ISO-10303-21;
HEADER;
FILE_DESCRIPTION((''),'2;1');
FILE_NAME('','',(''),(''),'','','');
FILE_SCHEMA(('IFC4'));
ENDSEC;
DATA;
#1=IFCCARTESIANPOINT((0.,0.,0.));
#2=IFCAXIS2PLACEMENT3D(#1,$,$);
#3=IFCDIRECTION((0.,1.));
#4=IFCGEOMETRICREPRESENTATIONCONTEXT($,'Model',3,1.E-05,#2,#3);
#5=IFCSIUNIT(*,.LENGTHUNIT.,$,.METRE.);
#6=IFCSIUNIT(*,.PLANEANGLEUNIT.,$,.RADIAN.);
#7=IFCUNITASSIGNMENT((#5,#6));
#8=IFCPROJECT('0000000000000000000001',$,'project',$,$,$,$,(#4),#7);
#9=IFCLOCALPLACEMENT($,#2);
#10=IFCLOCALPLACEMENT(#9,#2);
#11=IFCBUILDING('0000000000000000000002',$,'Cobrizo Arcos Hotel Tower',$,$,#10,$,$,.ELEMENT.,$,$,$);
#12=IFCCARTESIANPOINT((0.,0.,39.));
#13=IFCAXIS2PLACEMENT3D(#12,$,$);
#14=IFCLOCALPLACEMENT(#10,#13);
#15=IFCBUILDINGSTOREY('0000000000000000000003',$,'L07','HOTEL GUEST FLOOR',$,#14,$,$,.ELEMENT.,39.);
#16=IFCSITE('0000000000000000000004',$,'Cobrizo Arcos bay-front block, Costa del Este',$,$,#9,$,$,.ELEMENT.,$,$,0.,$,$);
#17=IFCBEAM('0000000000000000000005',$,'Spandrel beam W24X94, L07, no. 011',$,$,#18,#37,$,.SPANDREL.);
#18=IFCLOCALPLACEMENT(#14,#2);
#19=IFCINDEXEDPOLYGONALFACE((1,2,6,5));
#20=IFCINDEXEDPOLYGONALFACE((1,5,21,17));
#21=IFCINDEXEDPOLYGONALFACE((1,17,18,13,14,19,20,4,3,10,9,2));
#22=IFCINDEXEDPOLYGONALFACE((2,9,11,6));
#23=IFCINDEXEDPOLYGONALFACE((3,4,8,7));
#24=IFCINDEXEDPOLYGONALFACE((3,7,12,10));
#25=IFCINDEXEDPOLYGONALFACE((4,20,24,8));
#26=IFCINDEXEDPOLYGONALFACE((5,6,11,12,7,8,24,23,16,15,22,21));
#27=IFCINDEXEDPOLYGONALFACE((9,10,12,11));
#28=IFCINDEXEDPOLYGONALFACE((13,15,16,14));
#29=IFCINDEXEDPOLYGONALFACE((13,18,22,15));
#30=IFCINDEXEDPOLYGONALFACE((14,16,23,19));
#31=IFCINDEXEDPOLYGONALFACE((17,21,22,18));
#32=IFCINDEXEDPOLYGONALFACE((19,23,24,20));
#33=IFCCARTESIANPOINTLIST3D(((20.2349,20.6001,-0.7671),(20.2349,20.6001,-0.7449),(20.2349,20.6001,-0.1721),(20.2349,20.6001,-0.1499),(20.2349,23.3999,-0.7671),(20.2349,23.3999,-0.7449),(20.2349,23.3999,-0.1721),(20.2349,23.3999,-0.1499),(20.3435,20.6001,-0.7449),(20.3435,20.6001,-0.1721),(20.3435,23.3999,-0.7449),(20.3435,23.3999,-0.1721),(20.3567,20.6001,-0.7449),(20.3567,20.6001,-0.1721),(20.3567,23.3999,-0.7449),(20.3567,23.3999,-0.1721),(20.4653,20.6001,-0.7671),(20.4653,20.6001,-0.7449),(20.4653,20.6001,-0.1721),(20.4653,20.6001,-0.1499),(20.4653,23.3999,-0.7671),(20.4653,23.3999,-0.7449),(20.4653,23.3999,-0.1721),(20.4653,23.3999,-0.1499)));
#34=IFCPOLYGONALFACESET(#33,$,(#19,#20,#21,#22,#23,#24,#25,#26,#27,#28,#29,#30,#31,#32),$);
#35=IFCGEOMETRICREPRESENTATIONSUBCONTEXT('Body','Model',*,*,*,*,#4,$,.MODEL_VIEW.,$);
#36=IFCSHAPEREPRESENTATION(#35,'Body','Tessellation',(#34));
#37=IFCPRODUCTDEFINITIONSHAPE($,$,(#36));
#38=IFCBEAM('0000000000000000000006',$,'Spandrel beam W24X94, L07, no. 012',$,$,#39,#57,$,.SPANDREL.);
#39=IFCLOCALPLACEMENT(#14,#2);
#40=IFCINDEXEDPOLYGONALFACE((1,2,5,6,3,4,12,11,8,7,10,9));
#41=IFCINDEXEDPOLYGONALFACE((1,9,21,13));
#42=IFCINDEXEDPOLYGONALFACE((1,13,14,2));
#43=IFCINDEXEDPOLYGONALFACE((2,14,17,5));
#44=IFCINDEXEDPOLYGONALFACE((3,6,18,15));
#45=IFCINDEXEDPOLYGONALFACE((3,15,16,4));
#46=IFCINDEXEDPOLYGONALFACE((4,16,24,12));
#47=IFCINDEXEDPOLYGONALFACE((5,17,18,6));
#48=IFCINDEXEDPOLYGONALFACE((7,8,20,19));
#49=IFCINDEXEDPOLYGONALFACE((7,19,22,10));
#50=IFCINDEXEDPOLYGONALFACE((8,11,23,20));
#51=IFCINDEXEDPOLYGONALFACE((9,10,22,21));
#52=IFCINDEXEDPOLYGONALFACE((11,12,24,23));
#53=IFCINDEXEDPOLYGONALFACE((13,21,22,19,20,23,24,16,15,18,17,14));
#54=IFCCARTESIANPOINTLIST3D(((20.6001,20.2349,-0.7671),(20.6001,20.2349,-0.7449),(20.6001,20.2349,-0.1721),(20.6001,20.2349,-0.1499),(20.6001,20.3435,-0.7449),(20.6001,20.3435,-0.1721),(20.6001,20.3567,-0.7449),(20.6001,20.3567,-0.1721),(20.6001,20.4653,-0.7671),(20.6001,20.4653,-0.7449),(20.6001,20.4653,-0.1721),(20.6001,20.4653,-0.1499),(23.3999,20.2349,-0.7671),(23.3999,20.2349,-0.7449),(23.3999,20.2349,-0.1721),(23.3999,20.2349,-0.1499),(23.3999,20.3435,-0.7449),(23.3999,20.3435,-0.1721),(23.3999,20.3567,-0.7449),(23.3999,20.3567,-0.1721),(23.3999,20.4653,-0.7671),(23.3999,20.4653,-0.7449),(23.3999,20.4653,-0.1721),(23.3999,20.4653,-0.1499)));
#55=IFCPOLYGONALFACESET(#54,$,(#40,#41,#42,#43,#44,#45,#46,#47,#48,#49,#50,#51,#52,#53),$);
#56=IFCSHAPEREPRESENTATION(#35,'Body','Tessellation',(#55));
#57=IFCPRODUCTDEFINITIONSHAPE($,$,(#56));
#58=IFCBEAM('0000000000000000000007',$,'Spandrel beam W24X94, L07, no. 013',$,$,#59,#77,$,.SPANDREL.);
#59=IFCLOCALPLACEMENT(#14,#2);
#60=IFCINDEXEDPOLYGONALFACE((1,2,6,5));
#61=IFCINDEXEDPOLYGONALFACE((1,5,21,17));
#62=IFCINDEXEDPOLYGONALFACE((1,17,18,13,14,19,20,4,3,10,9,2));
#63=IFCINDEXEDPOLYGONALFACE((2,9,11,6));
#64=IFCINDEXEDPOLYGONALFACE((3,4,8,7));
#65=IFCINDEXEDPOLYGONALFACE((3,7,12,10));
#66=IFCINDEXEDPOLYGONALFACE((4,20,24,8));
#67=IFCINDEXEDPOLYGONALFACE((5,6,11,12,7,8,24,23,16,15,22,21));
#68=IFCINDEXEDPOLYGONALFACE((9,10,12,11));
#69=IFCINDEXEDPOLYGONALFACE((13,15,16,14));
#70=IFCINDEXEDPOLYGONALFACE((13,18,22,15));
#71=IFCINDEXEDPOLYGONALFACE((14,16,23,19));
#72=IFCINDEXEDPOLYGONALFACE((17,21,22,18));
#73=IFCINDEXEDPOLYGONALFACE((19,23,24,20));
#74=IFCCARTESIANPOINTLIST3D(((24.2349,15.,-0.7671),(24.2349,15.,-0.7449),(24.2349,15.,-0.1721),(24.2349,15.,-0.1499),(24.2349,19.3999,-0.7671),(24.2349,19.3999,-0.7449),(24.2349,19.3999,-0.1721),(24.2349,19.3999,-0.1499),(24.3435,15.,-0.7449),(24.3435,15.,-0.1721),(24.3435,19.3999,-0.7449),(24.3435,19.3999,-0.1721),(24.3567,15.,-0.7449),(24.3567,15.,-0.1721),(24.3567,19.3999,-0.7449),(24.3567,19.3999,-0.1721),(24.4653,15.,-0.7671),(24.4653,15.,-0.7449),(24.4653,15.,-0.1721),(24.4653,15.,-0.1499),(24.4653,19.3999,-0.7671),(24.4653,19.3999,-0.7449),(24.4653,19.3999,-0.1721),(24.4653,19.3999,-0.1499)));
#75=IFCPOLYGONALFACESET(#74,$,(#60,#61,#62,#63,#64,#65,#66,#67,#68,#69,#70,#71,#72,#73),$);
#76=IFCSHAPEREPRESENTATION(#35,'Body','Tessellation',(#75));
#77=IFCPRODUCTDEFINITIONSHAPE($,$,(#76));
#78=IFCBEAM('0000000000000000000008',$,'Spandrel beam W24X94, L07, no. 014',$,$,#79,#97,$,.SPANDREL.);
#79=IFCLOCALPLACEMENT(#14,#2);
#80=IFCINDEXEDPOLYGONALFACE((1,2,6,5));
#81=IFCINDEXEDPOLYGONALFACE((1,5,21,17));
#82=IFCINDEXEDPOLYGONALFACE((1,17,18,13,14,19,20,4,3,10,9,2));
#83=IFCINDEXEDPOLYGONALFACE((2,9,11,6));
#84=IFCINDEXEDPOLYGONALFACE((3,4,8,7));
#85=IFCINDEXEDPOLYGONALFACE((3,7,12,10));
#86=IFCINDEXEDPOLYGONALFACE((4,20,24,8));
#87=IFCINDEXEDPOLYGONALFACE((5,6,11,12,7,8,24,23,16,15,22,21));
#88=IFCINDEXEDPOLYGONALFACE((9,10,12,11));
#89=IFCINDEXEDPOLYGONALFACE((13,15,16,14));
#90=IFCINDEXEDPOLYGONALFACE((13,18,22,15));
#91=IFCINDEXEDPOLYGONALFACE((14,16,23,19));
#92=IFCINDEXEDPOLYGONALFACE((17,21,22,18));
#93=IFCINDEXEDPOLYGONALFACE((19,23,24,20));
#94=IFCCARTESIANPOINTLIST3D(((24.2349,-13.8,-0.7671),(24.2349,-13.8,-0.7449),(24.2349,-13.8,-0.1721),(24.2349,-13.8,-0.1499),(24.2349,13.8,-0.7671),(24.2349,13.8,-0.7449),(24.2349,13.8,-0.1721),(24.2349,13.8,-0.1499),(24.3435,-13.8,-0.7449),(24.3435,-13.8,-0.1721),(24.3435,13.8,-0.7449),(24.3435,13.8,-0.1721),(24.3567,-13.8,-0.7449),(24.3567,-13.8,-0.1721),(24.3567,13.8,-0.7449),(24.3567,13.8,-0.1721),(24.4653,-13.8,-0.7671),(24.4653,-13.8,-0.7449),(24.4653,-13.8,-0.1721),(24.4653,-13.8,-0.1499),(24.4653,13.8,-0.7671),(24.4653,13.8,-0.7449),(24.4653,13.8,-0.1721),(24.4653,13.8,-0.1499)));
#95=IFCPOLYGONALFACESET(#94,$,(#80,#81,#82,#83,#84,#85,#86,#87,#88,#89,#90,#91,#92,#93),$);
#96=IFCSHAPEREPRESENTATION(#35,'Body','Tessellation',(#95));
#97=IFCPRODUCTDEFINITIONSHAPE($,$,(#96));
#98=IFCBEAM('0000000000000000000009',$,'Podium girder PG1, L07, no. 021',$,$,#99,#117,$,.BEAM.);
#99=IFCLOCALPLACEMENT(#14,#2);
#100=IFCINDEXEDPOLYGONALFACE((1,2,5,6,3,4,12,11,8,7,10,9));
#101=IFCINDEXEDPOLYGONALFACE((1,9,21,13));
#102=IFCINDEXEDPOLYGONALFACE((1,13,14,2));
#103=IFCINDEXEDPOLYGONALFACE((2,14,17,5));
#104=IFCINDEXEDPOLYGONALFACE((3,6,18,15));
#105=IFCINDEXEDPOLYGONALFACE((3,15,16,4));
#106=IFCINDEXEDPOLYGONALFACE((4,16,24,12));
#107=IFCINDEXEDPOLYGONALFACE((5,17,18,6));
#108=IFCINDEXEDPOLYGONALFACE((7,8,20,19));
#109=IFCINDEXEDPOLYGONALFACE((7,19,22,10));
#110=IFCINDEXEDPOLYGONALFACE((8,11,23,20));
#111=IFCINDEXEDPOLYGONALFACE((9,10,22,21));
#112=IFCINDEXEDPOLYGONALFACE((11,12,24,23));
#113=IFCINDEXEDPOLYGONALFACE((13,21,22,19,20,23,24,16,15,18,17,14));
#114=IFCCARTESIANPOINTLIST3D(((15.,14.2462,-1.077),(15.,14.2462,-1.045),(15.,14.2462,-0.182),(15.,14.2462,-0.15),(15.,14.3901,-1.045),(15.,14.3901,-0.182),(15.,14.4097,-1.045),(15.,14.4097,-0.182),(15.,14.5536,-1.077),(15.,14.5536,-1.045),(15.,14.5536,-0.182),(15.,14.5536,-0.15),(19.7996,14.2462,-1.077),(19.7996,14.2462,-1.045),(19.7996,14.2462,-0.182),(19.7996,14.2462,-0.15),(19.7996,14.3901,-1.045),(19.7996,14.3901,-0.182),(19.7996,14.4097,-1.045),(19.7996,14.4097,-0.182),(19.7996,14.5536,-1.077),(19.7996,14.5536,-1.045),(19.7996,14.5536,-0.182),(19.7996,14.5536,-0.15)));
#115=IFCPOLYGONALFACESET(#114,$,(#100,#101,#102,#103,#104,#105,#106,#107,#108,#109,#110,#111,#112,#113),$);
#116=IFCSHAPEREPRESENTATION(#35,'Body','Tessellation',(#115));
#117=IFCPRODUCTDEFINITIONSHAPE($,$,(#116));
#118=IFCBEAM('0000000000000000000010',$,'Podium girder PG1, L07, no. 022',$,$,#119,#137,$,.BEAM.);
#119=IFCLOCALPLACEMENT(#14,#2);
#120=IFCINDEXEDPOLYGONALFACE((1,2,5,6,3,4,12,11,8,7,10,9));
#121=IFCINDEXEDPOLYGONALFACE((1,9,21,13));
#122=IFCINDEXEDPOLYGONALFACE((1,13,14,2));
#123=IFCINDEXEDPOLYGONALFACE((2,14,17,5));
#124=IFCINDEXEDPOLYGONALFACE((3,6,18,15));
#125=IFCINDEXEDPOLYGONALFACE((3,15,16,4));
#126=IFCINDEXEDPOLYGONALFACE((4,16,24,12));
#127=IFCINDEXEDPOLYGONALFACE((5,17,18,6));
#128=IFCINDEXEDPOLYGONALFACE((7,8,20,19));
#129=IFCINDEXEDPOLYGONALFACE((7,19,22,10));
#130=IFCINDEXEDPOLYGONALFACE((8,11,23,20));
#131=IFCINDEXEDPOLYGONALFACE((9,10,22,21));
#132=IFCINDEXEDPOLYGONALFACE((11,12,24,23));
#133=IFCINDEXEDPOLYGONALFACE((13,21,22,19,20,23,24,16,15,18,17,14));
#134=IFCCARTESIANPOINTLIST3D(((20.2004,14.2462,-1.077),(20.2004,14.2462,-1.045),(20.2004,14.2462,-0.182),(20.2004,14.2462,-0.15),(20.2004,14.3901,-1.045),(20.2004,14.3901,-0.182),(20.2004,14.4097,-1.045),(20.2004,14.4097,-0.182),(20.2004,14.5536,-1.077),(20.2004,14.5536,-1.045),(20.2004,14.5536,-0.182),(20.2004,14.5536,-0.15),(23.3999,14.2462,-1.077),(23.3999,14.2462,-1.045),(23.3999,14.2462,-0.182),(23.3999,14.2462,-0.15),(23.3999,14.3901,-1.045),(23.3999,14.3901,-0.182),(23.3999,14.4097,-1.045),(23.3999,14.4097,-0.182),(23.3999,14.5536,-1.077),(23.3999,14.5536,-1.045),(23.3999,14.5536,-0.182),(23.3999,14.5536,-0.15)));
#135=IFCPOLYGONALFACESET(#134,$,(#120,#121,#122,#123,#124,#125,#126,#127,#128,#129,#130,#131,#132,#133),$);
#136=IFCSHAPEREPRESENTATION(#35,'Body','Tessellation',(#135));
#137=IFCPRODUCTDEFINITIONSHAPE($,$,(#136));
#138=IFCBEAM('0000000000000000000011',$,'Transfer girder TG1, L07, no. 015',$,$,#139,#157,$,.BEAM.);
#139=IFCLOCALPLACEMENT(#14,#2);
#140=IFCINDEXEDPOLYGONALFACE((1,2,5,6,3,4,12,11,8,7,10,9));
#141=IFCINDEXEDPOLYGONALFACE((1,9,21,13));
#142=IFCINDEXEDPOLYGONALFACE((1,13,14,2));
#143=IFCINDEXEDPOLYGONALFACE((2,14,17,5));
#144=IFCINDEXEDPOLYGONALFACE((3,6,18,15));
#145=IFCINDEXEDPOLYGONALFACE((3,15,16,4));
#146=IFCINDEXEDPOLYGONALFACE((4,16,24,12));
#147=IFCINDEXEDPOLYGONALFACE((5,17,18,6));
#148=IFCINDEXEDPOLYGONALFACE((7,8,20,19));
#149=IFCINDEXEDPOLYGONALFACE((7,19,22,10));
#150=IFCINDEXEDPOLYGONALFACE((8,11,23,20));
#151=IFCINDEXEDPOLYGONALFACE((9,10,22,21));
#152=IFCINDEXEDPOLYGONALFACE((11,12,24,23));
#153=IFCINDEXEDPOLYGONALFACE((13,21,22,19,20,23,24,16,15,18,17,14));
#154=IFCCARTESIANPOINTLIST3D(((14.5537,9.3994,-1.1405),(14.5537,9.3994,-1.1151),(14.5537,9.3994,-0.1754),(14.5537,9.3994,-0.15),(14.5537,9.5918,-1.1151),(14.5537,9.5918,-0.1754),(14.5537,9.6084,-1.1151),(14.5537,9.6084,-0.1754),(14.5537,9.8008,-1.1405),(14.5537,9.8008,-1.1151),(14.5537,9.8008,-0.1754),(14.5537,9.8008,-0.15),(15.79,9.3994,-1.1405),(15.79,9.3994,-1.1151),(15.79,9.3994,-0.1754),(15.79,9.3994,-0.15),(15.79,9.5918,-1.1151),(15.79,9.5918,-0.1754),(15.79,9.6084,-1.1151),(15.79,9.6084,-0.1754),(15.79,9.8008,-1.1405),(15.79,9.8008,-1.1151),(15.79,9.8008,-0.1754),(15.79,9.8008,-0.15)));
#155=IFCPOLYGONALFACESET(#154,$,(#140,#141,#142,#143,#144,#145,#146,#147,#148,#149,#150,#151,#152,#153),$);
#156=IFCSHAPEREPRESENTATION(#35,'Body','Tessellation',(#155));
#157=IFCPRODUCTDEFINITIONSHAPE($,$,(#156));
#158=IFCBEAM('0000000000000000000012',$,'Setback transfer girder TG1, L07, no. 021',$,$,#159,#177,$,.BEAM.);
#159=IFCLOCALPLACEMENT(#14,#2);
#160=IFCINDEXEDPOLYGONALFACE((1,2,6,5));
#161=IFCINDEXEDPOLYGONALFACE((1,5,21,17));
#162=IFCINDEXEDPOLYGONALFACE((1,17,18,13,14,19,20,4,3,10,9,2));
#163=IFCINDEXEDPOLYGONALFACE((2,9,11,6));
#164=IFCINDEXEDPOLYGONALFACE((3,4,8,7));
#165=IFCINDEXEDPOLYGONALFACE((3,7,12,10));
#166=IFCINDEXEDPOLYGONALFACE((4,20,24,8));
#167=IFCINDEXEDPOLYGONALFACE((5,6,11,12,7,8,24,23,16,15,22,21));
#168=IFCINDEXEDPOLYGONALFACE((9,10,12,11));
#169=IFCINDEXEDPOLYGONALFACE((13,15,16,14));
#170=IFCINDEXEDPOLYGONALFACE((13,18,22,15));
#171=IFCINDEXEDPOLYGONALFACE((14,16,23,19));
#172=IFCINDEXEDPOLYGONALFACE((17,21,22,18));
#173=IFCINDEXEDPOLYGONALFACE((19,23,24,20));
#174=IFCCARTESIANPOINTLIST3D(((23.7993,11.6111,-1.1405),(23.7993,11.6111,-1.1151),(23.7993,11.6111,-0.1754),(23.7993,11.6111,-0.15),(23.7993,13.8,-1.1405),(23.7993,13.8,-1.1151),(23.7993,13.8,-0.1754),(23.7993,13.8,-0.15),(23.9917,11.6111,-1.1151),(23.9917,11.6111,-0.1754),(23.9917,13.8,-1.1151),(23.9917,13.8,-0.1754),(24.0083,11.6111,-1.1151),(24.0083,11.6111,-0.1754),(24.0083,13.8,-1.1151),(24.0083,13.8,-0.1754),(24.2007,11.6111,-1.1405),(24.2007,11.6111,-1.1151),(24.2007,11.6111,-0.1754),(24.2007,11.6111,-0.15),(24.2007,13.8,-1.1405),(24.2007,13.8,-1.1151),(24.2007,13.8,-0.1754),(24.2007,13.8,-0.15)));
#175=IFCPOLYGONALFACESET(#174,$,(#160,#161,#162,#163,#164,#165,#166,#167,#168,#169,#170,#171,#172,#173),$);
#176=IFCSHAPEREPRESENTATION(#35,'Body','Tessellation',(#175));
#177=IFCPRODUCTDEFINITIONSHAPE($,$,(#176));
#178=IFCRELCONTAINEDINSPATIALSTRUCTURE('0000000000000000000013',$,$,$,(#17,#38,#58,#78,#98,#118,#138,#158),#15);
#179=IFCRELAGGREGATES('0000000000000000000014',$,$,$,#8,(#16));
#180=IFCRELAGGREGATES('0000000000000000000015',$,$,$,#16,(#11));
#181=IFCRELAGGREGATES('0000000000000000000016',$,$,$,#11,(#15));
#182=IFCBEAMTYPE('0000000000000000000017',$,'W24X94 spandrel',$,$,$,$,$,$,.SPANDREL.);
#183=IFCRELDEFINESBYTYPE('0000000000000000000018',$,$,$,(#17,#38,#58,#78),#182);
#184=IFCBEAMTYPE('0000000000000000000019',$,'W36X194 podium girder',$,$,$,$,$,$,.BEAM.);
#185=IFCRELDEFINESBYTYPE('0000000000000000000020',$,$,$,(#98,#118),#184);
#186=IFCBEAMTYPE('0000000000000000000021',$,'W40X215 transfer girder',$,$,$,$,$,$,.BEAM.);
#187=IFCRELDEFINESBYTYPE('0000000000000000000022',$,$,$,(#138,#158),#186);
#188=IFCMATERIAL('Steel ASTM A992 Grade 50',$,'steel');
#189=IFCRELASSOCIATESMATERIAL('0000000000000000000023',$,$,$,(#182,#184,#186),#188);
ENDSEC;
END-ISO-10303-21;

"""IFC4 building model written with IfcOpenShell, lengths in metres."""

from ifc_helpers import new_model, si_unit, direction, frame, origin, origin_2d, place, context, subcontext, project, spatial, i_section, extrude, material, material_profile, profile_set, type_object, element, save


model = new_model("IFC4")

# Units and contexts
model_context = context("Model", 3, precision=1e-05, world=origin(), true_north=direction((0.0, 1.0)))
body_context = subcontext(model_context, "Body", "Model", "MODEL_VIEW")
ifc_project = project(units=[si_unit("LENGTHUNIT", "METRE"), si_unit("PLANEANGLEUNIT", "RADIAN")], contexts=[model_context])

# Site, building, storey
site_placement = place(None, origin())
site = spatial("IfcSite", under=ifc_project, at=site_placement, Name="Cobrizo Arcos bay-front block, Costa del Este", CompositionType="ELEMENT", RefElevation=0.0)
building_placement = place(site_placement, origin())
building = spatial("IfcBuilding", under=site, at=building_placement, Name="Cobrizo Arcos Hotel Tower", CompositionType="ELEMENT")
storey_placement = place(building_placement, frame((0.0, 0.0, 39.0)))
storey = spatial("IfcBuildingStorey", under=building, at=storey_placement, Name="L07", Description="HOTEL GUEST FLOOR", CompositionType="ELEMENT", Elevation=39.0)

# Beams
ifc_material_1 = material(Name="Steel ASTM A992 Grade 50", Category="steel")
ifc_material_profile_1 = material_profile(ifc_material_1, i_section(OverallWidth=0.2305, OverallDepth=0.6172, WebThickness=0.0132, FlangeThickness=0.0222, at=origin_2d()), Name="W24X94")
ifc_profile_set_1 = profile_set([ifc_material_profile_1], Name="Steel ASTM A992 Grade 50")
beam_type_1 = type_object("IfcBeamType", Name="W24X94 spandrel", PredefinedType="SPANDREL", material=ifc_profile_set_1)
for number, where, z_axis, x_axis, name in (
    (1, (20.3501, 23.3999, -0.4585), (0.0, -1.0, 0.0), (1.0, 0.0, 0.0), "Spandrel beam W24X94, L07, no. 011"),
    (2, (20.6001, 20.3501, -0.4585), (1.0, 0.0, 0.0), (0.0, 1.0, 0.0), "Spandrel beam W24X94, L07, no. 012"),
):
    element("IfcBeam", number, at=place(storey_placement, frame(where, z_axis=z_axis, x_axis=x_axis)), inside=storey, type_object=beam_type_1, Name=name, PredefinedType="SPANDREL", context=body_context, shape_type="SweptSolid", body=[
        extrude(i_section(OverallWidth=0.2305, OverallDepth=0.6172, WebThickness=0.0132, FlangeThickness=0.0222, at=origin_2d()), origin(), (0.0, 0.0, 1.0), 2.7998),
    ])
beam_1_placement = place(storey_placement, frame((24.3501, 19.3999, -0.4585), z_axis=(0.0, -1.0, 0.0), x_axis=(1.0, 0.0, 0.0)))
element("IfcBeam", 3, at=beam_1_placement, inside=storey, type_object=beam_type_1, Name="Spandrel beam W24X94, L07, no. 013", PredefinedType="SPANDREL", context=body_context, shape_type="SweptSolid", body=[
    extrude(i_section(OverallWidth=0.2305, OverallDepth=0.6172, WebThickness=0.0132, FlangeThickness=0.0222, at=origin_2d()), origin(), (0.0, 0.0, 1.0), 4.3999),
])
beam_2_placement = place(storey_placement, frame((24.3501, 13.8, -0.4585), z_axis=(0.0, -1.0, 0.0), x_axis=(1.0, 0.0, 0.0)))
element("IfcBeam", 4, at=beam_2_placement, inside=storey, type_object=beam_type_1, Name="Spandrel beam W24X94, L07, no. 014", PredefinedType="SPANDREL", context=body_context, shape_type="SweptSolid", body=[
    extrude(i_section(OverallWidth=0.2305, OverallDepth=0.6172, WebThickness=0.0132, FlangeThickness=0.0222, at=origin_2d()), origin(), (0.0, 0.0, 1.0), 27.6001),
])
ifc_material_profile_2 = material_profile(ifc_material_1, i_section(OverallWidth=0.3074, OverallDepth=0.927, WebThickness=0.0195, FlangeThickness=0.032, at=origin_2d()), Name="W36X194")
ifc_profile_set_2 = profile_set([ifc_material_profile_2], Name="Steel ASTM A992 Grade 50")
beam_type_2 = type_object("IfcBeamType", Name="W36X194 podium girder", PredefinedType="BEAM", material=ifc_profile_set_2)
beam_3_placement = place(storey_placement, frame((15.0, 14.3999, -0.6135), z_axis=(1.0, 0.0, 0.0), x_axis=(0.0, 1.0, 0.0)))
element("IfcBeam", 5, at=beam_3_placement, inside=storey, type_object=beam_type_2, Name="Podium girder PG1, L07, no. 021", PredefinedType="BEAM", context=body_context, shape_type="SweptSolid", body=[
    extrude(i_section(OverallWidth=0.3074, OverallDepth=0.927, WebThickness=0.0195, FlangeThickness=0.032, at=origin_2d()), origin(), (0.0, 0.0, 1.0), 4.7996),
])
beam_4_placement = place(storey_placement, frame((20.2004, 14.3999, -0.6135), z_axis=(1.0, 0.0, 0.0), x_axis=(0.0, 1.0, 0.0)))
element("IfcBeam", 6, at=beam_4_placement, inside=storey, type_object=beam_type_2, Name="Podium girder PG1, L07, no. 022", PredefinedType="BEAM", context=body_context, shape_type="SweptSolid", body=[
    extrude(i_section(OverallWidth=0.3074, OverallDepth=0.927, WebThickness=0.0195, FlangeThickness=0.032, at=origin_2d()), origin(), (0.0, 0.0, 1.0), 3.1995),
])
ifc_material_profile_3 = material_profile(ifc_material_1, i_section(OverallWidth=0.4014, OverallDepth=0.9905, WebThickness=0.0166, FlangeThickness=0.0254, at=origin_2d()), Name="W40X215")
ifc_profile_set_3 = profile_set([ifc_material_profile_3], Name="Steel ASTM A992 Grade 50")
beam_type_3 = type_object("IfcBeamType", Name="W40X215 transfer girder", PredefinedType="BEAM", material=ifc_profile_set_3)
beam_5_placement = place(storey_placement, frame((14.5537, 9.6001, -0.6453), z_axis=(1.0, 0.0, 0.0), x_axis=(0.0, 1.0, 0.0)))
element("IfcBeam", 7, at=beam_5_placement, inside=storey, type_object=beam_type_3, Name="Transfer girder TG1, L07, no. 015", PredefinedType="BEAM", context=body_context, shape_type="SweptSolid", body=[
    extrude(i_section(OverallWidth=0.4014, OverallDepth=0.9905, WebThickness=0.0166, FlangeThickness=0.0254, at=origin_2d()), origin(), (0.0, 0.0, 1.0), 1.2363),
])
beam_6_placement = place(storey_placement, frame((24.0, 13.8, -0.6453), z_axis=(0.0, -1.0, 0.0), x_axis=(1.0, 0.0, 0.0)))
element("IfcBeam", 8, at=beam_6_placement, inside=storey, type_object=beam_type_3, Name="Setback transfer girder TG1, L07, no. 021", PredefinedType="BEAM", context=body_context, shape_type="SweptSolid", body=[
    extrude(i_section(OverallWidth=0.4014, OverallDepth=0.9905, WebThickness=0.0166, FlangeThickness=0.0254, at=origin_2d()), origin(), (0.0, 0.0, 1.0), 2.189),
])

save(model, "model.ifc")
